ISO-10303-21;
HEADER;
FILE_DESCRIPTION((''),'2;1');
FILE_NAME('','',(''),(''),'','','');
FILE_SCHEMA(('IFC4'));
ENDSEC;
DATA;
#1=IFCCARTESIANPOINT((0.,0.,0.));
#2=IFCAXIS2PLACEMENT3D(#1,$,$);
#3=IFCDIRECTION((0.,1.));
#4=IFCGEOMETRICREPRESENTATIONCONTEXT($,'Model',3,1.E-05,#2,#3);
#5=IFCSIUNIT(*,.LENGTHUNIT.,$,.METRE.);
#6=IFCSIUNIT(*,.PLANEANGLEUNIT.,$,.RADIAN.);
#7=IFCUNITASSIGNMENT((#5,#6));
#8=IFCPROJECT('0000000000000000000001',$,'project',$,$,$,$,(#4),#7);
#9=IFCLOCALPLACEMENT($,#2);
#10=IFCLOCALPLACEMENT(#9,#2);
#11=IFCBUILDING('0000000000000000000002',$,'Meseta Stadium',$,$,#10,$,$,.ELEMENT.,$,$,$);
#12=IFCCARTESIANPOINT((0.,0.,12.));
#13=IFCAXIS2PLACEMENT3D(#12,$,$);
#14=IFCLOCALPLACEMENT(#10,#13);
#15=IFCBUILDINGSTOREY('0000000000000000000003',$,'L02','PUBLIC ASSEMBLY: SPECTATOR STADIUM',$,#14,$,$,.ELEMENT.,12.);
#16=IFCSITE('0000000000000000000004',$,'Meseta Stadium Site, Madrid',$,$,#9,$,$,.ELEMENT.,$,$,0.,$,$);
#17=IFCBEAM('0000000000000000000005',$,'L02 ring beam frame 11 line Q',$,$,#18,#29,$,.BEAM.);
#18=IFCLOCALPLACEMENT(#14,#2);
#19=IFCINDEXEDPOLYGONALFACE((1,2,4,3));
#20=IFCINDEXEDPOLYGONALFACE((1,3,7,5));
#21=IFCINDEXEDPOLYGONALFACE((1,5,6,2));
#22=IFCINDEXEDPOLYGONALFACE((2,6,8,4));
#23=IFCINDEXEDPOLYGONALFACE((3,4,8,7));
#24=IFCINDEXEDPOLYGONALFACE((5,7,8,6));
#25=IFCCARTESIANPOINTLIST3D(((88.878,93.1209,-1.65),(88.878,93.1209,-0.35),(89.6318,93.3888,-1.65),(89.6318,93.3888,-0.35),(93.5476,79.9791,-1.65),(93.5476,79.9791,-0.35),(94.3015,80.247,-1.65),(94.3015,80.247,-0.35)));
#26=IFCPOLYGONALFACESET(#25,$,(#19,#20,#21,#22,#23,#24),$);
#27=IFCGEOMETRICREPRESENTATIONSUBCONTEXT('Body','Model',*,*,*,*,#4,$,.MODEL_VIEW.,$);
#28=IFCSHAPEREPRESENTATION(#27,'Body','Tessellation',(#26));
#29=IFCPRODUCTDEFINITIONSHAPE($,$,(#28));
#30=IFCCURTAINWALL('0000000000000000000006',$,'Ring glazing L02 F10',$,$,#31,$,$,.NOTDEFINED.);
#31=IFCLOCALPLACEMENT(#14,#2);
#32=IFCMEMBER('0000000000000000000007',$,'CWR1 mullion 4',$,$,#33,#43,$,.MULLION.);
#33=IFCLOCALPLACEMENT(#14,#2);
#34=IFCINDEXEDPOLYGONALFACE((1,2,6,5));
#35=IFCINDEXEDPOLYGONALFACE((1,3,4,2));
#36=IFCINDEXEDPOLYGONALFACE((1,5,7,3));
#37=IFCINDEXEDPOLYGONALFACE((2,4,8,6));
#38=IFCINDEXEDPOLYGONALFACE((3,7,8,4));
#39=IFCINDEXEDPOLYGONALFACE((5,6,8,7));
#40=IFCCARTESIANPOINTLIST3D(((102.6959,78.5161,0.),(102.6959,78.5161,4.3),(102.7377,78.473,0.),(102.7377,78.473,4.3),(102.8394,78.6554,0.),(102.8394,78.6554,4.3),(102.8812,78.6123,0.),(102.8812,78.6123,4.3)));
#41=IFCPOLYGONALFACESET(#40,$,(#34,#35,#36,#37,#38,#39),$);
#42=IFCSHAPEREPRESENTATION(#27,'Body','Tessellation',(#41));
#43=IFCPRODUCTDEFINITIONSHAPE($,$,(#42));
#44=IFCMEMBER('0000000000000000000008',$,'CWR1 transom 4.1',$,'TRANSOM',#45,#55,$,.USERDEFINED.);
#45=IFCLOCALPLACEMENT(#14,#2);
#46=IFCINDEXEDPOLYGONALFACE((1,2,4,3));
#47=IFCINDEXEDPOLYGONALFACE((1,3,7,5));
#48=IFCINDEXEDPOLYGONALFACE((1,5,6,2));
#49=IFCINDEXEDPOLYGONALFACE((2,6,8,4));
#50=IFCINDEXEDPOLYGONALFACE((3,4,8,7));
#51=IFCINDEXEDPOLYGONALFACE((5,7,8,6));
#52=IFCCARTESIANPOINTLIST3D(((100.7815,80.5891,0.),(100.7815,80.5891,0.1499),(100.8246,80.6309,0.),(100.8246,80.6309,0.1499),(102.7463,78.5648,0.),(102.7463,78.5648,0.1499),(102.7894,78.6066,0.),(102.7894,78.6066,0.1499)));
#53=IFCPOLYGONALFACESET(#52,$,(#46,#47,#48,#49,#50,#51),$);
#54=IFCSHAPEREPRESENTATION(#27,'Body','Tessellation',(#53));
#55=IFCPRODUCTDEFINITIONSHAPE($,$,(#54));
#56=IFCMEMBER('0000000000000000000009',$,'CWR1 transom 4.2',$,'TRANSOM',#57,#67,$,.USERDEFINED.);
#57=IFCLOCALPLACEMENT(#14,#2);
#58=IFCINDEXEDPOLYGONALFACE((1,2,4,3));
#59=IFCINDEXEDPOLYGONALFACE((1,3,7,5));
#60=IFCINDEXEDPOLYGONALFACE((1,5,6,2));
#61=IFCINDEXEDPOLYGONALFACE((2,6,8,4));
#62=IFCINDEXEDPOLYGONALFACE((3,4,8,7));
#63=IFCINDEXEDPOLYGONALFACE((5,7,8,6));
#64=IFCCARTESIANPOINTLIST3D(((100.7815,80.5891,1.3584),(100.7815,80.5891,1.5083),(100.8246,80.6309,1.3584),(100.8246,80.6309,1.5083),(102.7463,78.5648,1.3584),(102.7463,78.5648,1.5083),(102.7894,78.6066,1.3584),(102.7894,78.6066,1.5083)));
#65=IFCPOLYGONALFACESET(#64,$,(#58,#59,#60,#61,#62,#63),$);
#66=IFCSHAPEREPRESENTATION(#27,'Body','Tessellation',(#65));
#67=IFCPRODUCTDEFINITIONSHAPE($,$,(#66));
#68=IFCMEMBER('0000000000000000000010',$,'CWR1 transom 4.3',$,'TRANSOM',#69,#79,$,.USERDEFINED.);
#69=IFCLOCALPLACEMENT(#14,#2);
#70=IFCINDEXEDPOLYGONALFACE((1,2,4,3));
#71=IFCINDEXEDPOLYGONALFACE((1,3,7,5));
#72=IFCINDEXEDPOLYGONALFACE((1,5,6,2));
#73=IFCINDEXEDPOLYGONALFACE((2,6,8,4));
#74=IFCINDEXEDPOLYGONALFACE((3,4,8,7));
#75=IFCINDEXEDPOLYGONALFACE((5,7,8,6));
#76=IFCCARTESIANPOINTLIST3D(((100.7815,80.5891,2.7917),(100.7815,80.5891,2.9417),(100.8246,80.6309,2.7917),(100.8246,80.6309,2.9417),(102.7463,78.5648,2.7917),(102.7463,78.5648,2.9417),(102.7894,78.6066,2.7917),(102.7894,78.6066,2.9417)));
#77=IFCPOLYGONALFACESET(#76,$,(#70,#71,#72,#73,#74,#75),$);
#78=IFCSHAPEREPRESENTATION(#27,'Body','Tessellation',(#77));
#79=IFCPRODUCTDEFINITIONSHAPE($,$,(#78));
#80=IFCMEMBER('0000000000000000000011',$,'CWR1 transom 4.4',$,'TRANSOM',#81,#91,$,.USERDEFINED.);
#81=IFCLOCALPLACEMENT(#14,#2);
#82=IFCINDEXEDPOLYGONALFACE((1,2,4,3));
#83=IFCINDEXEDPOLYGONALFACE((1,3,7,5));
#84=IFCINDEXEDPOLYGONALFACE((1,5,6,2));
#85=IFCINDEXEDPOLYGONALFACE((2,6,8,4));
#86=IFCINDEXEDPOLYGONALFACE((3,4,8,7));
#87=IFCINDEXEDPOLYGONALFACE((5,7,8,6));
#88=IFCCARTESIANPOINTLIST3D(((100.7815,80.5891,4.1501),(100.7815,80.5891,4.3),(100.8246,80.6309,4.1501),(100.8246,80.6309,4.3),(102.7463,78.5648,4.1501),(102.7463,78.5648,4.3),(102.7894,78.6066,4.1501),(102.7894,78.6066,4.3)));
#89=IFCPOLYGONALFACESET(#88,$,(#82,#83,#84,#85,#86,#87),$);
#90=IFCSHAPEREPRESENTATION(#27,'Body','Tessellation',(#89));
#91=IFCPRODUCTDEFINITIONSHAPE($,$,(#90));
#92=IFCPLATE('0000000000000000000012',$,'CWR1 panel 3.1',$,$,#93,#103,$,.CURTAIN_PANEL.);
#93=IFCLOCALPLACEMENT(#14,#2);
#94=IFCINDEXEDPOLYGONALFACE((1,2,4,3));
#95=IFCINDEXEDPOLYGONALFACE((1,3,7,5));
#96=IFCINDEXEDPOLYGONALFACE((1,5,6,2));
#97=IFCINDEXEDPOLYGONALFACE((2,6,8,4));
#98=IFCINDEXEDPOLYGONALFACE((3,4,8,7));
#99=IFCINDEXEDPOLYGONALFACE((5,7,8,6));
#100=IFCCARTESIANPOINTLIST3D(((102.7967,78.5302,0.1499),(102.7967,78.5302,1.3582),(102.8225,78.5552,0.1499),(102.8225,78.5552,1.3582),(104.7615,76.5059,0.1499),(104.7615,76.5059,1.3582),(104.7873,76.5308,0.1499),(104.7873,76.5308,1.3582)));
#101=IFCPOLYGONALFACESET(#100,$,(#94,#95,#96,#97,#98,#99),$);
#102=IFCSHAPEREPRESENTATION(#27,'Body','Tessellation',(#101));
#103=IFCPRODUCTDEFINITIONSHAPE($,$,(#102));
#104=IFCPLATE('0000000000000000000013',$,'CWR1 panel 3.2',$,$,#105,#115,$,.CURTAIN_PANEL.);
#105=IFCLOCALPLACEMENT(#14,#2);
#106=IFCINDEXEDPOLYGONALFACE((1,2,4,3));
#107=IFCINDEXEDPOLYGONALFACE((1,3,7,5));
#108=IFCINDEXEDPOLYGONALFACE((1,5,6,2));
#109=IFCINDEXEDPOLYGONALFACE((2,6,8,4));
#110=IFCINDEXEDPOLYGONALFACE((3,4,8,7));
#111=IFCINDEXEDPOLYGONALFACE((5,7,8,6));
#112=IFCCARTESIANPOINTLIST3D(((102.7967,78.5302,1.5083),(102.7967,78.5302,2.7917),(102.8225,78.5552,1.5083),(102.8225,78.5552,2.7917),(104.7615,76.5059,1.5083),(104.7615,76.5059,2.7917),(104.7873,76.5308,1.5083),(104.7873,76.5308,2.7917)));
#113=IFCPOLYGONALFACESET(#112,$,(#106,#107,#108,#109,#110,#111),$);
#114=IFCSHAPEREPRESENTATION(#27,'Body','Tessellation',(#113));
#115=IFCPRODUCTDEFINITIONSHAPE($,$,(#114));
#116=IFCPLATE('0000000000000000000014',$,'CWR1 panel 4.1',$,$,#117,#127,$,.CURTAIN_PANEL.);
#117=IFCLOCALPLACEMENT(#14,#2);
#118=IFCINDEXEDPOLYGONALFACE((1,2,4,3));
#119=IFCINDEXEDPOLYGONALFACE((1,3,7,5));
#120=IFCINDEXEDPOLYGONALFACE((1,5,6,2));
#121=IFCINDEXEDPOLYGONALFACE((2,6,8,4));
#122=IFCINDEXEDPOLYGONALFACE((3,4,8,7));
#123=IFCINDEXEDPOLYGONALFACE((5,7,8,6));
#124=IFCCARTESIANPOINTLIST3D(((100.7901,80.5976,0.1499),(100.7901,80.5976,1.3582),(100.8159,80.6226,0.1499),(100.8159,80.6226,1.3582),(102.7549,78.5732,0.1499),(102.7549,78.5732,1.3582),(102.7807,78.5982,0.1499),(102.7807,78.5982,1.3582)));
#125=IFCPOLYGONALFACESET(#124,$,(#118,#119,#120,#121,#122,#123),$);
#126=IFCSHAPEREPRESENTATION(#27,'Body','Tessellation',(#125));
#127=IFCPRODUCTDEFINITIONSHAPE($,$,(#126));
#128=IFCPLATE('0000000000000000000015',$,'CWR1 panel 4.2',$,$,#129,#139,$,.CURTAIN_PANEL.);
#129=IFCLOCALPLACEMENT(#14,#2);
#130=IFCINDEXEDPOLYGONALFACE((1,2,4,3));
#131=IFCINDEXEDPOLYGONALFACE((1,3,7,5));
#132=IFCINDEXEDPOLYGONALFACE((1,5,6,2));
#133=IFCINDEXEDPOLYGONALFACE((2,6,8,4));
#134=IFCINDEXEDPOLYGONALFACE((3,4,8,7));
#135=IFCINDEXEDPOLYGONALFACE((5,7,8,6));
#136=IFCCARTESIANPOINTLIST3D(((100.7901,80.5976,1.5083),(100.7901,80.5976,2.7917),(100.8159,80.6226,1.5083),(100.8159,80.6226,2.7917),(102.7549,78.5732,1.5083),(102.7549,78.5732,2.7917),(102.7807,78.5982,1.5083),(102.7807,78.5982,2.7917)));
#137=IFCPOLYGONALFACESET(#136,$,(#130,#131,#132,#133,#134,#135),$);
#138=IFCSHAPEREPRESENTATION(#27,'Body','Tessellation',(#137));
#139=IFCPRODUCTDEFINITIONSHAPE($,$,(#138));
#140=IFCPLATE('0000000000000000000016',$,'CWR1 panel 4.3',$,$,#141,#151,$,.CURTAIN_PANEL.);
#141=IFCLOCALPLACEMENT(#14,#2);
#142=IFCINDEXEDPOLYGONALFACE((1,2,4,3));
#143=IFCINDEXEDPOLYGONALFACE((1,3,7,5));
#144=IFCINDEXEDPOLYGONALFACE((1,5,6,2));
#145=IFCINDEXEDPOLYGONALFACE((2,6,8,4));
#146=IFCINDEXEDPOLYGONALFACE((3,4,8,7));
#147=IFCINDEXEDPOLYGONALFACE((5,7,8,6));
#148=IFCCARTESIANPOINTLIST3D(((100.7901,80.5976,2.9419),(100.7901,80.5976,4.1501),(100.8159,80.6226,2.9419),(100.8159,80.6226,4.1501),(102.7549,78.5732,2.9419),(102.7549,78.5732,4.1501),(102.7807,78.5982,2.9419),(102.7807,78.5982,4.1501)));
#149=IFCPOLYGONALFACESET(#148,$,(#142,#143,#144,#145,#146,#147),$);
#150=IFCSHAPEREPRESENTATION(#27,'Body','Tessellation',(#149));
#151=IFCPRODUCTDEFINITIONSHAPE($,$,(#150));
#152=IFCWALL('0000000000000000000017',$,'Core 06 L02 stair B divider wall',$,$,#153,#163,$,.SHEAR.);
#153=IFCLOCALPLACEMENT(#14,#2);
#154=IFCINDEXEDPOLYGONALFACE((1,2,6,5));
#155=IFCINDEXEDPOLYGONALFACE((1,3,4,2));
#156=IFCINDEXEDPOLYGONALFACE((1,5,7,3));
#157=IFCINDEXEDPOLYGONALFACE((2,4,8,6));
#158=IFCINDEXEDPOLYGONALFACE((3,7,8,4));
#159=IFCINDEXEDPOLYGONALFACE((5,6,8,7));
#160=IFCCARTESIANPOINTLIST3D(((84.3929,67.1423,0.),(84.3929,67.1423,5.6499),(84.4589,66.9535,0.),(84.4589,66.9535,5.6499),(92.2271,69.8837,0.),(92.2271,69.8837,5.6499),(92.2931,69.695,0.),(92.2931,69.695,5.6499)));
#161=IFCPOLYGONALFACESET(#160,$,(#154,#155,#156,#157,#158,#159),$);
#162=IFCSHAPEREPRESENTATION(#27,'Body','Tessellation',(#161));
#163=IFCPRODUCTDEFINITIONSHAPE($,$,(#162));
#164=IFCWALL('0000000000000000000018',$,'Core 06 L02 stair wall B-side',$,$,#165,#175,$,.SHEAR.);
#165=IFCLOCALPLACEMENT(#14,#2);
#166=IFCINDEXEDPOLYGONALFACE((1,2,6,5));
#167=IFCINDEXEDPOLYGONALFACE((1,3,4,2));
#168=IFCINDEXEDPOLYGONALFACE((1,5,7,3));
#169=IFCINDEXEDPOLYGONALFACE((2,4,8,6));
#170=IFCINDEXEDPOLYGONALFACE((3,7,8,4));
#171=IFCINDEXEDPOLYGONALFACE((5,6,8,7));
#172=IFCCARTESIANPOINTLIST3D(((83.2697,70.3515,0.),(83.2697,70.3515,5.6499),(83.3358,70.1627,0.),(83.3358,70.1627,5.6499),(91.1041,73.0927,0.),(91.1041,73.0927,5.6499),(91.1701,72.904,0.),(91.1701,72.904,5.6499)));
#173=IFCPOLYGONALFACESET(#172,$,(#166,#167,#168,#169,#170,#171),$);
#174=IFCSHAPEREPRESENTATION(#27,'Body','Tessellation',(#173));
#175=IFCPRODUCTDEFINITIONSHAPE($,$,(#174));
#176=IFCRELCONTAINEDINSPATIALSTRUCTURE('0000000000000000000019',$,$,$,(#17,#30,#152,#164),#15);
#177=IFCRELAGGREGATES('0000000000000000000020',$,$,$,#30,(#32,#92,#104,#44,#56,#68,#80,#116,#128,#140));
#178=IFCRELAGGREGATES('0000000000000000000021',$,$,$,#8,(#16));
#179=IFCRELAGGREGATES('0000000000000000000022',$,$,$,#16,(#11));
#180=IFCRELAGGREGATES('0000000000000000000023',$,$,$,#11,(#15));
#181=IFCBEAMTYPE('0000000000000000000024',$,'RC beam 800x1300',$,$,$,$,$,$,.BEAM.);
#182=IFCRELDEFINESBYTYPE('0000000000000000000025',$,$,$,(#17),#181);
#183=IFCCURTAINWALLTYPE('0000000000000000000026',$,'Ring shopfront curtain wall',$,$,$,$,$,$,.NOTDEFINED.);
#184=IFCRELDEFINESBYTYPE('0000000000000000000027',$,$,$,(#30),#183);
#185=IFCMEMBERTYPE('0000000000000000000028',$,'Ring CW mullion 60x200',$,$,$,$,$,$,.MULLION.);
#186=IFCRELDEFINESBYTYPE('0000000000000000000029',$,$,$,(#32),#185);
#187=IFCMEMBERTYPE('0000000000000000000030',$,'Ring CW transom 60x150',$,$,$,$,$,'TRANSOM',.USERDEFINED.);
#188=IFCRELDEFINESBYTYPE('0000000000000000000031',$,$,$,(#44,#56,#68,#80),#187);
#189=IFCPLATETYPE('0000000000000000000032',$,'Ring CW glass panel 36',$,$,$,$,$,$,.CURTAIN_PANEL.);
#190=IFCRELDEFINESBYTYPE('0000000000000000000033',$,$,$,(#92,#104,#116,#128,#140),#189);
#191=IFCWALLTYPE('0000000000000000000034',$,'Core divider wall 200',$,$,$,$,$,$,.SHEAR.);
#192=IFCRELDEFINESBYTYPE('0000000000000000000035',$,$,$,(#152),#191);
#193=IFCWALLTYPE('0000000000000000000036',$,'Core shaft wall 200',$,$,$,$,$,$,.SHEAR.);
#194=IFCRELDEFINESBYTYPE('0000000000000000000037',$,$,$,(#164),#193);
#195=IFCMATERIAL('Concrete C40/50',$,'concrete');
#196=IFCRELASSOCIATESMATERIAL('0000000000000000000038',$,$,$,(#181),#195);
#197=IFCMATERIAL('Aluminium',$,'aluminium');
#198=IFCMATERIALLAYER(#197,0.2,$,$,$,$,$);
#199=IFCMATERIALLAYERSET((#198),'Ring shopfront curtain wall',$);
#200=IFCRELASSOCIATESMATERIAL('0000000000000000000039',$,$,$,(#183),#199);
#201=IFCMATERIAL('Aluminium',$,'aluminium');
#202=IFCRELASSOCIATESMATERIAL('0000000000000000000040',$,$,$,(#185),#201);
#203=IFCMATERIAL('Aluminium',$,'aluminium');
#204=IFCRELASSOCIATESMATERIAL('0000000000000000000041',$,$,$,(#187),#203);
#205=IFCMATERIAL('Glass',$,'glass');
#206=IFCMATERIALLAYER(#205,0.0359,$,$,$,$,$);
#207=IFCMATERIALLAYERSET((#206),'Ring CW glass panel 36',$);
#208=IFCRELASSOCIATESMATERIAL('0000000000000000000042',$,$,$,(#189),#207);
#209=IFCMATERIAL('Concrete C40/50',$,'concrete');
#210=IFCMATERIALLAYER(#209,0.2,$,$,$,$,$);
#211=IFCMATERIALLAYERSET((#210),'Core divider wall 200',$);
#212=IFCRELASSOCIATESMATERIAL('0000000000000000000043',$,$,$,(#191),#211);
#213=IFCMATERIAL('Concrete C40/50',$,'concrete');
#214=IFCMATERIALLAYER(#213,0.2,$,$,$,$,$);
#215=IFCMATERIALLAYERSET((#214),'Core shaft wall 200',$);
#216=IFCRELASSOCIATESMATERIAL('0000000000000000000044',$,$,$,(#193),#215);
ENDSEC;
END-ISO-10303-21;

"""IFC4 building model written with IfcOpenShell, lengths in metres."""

from ifc_helpers import new_model, si_unit, direction, frame, frame_2d, origin, origin_2d, place, context, subcontext, project, spatial, rectangle, extrude, material, layer, layer_set, material_profile, profile_set, type_object, element, aggregate, save


model = new_model("IFC4")

# Units and contexts
model_context = context("Model", 3, precision=1e-05, world=origin(), true_north=direction((0.0, 1.0)))
body_context = subcontext(model_context, "Body", "Model", "MODEL_VIEW")
ifc_project = project(units=[si_unit("LENGTHUNIT", "METRE"), si_unit("PLANEANGLEUNIT", "RADIAN")], contexts=[model_context])

# Site, building, storey
site_placement = place(None, origin())
site = spatial("IfcSite", under=ifc_project, at=site_placement, Name="Meseta Stadium Site, Madrid", CompositionType="ELEMENT", RefElevation=0.0)
building_placement = place(site_placement, origin())
building = spatial("IfcBuilding", under=site, at=building_placement, Name="Meseta Stadium", CompositionType="ELEMENT")
storey_placement = place(building_placement, frame((0.0, 0.0, 12.0)))
storey = spatial("IfcBuildingStorey", under=building, at=storey_placement, Name="L02", Description="PUBLIC ASSEMBLY: SPECTATOR STADIUM", CompositionType="ELEMENT", Elevation=12.0)

# Beam
ifc_material_1 = material(Name="Concrete C40/50", Category="concrete")
ifc_material_profile_1 = material_profile(ifc_material_1, rectangle(XDim=0.8, YDim=1.3, at=origin_2d()), Name="RC 800x1300")
ifc_profile_set_1 = profile_set([ifc_material_profile_1], Name="Concrete C40/50")
beam_type_1 = type_object("IfcBeamType", Name="RC beam 800x1300", PredefinedType="BEAM", material=ifc_profile_set_1)
beam_1_placement = place(storey_placement, frame((93.9246, 80.113, -1.0), z_axis=(-0.33482, 0.942282, 0.0), x_axis=(-0.942282, -0.33482, 0.0)))
element("IfcBeam", 1, at=beam_1_placement, inside=storey, type_object=beam_type_1, Name="L02 ring beam frame 11 line Q", PredefinedType="BEAM", context=body_context, shape_type="SweptSolid", body=[
    extrude(rectangle(XDim=0.8, YDim=1.3, at=origin_2d()), origin(), (0.0, 0.0, 1.0), 13.9468),
])

# Curtain wall, members, plates
ifc_material_2 = material(Name="Aluminium", Category="aluminium")
ifc_layer_1 = layer(ifc_material_2, 0.2)
ifc_layer_set_1 = layer_set([ifc_layer_1], Name="Ring shopfront curtain wall")
curtain_wall_type = type_object("IfcCurtainWallType", Name="Ring shopfront curtain wall", PredefinedType="NOTDEFINED", material=ifc_layer_set_1)
curtain_wall_placement = place(storey_placement, origin())
curtain_wall = element("IfcCurtainWall", 2, at=curtain_wall_placement, inside=storey, type_object=curtain_wall_type, Name="Ring glazing L02 F10", PredefinedType="NOTDEFINED")
ifc_material_3 = material(Name="Aluminium", Category="aluminium")
ifc_material_profile_2 = material_profile(ifc_material_3, rectangle(XDim=0.2, YDim=0.0601, at=origin_2d()), Name="CW 200x60")
ifc_profile_set_2 = profile_set([ifc_material_profile_2], Name="Aluminium")
member_type_1 = type_object("IfcMemberType", Name="Ring CW mullion 60x200", PredefinedType="MULLION", material=ifc_profile_set_2)
member_1_placement = place(storey_placement, frame((102.7886, 78.5642, 0.0), z_axis=(0.0, 0.0, 1.0), x_axis=(-0.717583, -0.696473, 0.0)))
member_1 = element("IfcMember", 3, at=member_1_placement, type_object=member_type_1, Name="CWR1 mullion 4", PredefinedType="MULLION", context=body_context, shape_type="SweptSolid", body=[
    extrude(rectangle(XDim=0.2, YDim=0.0601, at=origin_2d()), origin(), (0.0, 0.0, 1.0), 4.3),
])
ifc_material_4 = material(Name="Aluminium", Category="aluminium")
ifc_material_profile_3 = material_profile(ifc_material_4, rectangle(XDim=0.0601, YDim=0.1499, at=origin_2d()), Name="CW 60x150")
ifc_profile_set_3 = profile_set([ifc_material_profile_3], Name="Aluminium")
member_type_2 = type_object("IfcMemberType", Name="Ring CW transom 60x150", ElementType="TRANSOM", PredefinedType="USERDEFINED", material=ifc_profile_set_3)
member_2_placement = place(storey_placement, frame((102.7678, 78.5857, 0.075), z_axis=(-0.69647, 0.717586, 0.0), x_axis=(-0.717586, -0.69647, 0.0)))
member_2 = element("IfcMember", 4, at=member_2_placement, type_object=member_type_2, Name="CWR1 transom 4.1", ObjectType="TRANSOM", PredefinedType="USERDEFINED", context=body_context, shape_type="SweptSolid", body=[
    extrude(rectangle(XDim=0.0601, YDim=0.1499, at=origin_2d()), origin(), (0.0, 0.0, 1.0), 2.821),
])
member_3_placement = place(storey_placement, frame((102.7678, 78.5857, 1.4333), z_axis=(-0.69647, 0.717586, 0.0), x_axis=(-0.717586, -0.69647, 0.0)))
member_3 = element("IfcMember", 5, at=member_3_placement, type_object=member_type_2, Name="CWR1 transom 4.2", ObjectType="TRANSOM", PredefinedType="USERDEFINED", context=body_context, shape_type="SweptSolid", body=[
    extrude(rectangle(XDim=0.0601, YDim=0.1499, at=origin_2d()), origin(), (0.0, 0.0, 1.0), 2.821),
])
member_4_placement = place(storey_placement, frame((102.7678, 78.5857, 2.8667), z_axis=(-0.69647, 0.717586, 0.0), x_axis=(-0.717586, -0.69647, 0.0)))
member_4 = element("IfcMember", 6, at=member_4_placement, type_object=member_type_2, Name="CWR1 transom 4.3", ObjectType="TRANSOM", PredefinedType="USERDEFINED", context=body_context, shape_type="SweptSolid", body=[
    extrude(rectangle(XDim=0.0601, YDim=0.1499, at=origin_2d()), origin(), (0.0, 0.0, 1.0), 2.821),
])
member_5_placement = place(storey_placement, frame((102.7678, 78.5857, 4.2251), z_axis=(-0.69647, 0.717586, 0.0), x_axis=(-0.717586, -0.69647, 0.0)))
member_5 = element("IfcMember", 7, at=member_5_placement, type_object=member_type_2, Name="CWR1 transom 4.4", ObjectType="TRANSOM", PredefinedType="USERDEFINED", context=body_context, shape_type="SweptSolid", body=[
    extrude(rectangle(XDim=0.0601, YDim=0.1499, at=origin_2d()), origin(), (0.0, 0.0, 1.0), 2.821),
])
ifc_material_5 = material(Name="Glass", Category="glass")
ifc_layer_2 = layer(ifc_material_5, 0.0359)
ifc_layer_set_2 = layer_set([ifc_layer_2], Name="Ring CW glass panel 36")
plate_type = type_object("IfcPlateType", Name="Ring CW glass panel 36", PredefinedType="CURTAIN_PANEL", material=ifc_layer_set_2)
plate_1_placement = place(storey_placement, frame((103.792, 77.5305, 0.1499), z_axis=(0.0, 0.0, 1.0), x_axis=(-0.696473, 0.717583, 0.0)))
plate_1 = element("IfcPlate", 8, at=plate_1_placement, type_object=plate_type, Name="CWR1 panel 3.1", PredefinedType="CURTAIN_PANEL", context=body_context, shape_type="SweptSolid", body=[
    extrude(rectangle(XDim=2.821, YDim=0.0359, at=origin_2d()), origin(), (0.0, 0.0, 1.0), 1.2083),
])
plate_2_placement = place(storey_placement, frame((103.792, 77.5305, 1.5083), z_axis=(0.0, 0.0, 1.0), x_axis=(-0.696473, 0.717583, 0.0)))
plate_2 = element("IfcPlate", 9, at=plate_2_placement, type_object=plate_type, Name="CWR1 panel 3.2", PredefinedType="CURTAIN_PANEL", context=body_context, shape_type="SweptSolid", body=[
    extrude(rectangle(XDim=2.821, YDim=0.0359, at=origin_2d()), origin(), (0.0, 0.0, 1.0), 1.2834),
])
plate_3_placement = place(storey_placement, frame((101.7854, 79.5979, 0.1499), z_axis=(0.0, 0.0, 1.0), x_axis=(-0.696473, 0.717583, 0.0)))
plate_3 = element("IfcPlate", 10, at=plate_3_placement, type_object=plate_type, Name="CWR1 panel 4.1", PredefinedType="CURTAIN_PANEL", context=body_context, shape_type="SweptSolid", body=[
    extrude(rectangle(XDim=2.821, YDim=0.0359, at=origin_2d()), origin(), (0.0, 0.0, 1.0), 1.2083),
])
plate_4_placement = place(storey_placement, frame((101.7854, 79.5979, 1.5083), z_axis=(0.0, 0.0, 1.0), x_axis=(-0.696473, 0.717583, 0.0)))
plate_4 = element("IfcPlate", 11, at=plate_4_placement, type_object=plate_type, Name="CWR1 panel 4.2", PredefinedType="CURTAIN_PANEL", context=body_context, shape_type="SweptSolid", body=[
    extrude(rectangle(XDim=2.821, YDim=0.0359, at=origin_2d()), origin(), (0.0, 0.0, 1.0), 1.2834),
])
plate_5_placement = place(storey_placement, frame((101.7854, 79.5979, 2.9419), z_axis=(0.0, 0.0, 1.0), x_axis=(-0.696473, 0.717583, 0.0)))
plate_5 = element("IfcPlate", 12, at=plate_5_placement, type_object=plate_type, Name="CWR1 panel 4.3", PredefinedType="CURTAIN_PANEL", context=body_context, shape_type="SweptSolid", body=[
    extrude(rectangle(XDim=2.821, YDim=0.0359, at=origin_2d()), origin(), (0.0, 0.0, 1.0), 1.2083),
])
aggregate(curtain_wall, [member_1, plate_1, plate_2, member_2, member_3, member_4, member_5, plate_3, plate_4, plate_5])

# Walls
ifc_material_6 = material(Name="Concrete C40/50", Category="concrete")
ifc_layer_3 = layer(ifc_material_6, 0.2)
ifc_layer_set_3 = layer_set([ifc_layer_3], Name="Core divider wall 200")
wall_type_1 = type_object("IfcWallType", Name="Core divider wall 200", PredefinedType="SHEAR", material=ifc_layer_set_3)
wall_1_placement = place(storey_placement, frame((92.26, 69.7893, 0.0), z_axis=(0.0, 0.0, 1.0), x_axis=(-0.943878, -0.330294, 0.0)))
element("IfcWall", 13, at=wall_1_placement, inside=storey, type_object=wall_type_1, Name="Core 06 L02 stair B divider wall", PredefinedType="SHEAR", context=body_context, shape_type="SweptSolid", body=[
    extrude(rectangle(XDim=8.3, YDim=0.2, at=frame_2d((4.1499, 0.0))), origin(), (0.0, 0.0, 1.0), 5.6499),
])
ifc_material_7 = material(Name="Concrete C40/50", Category="concrete")
ifc_layer_4 = layer(ifc_material_7, 0.2)
ifc_layer_set_4 = layer_set([ifc_layer_4], Name="Core shaft wall 200")
wall_type_2 = type_object("IfcWallType", Name="Core shaft wall 200", PredefinedType="SHEAR", material=ifc_layer_set_4)
wall_2_placement = place(storey_placement, frame((91.137, 72.9983, 0.0), z_axis=(0.0, 0.0, 1.0), x_axis=(-0.943887, -0.330268, 0.0)))
element("IfcWall", 14, at=wall_2_placement, inside=storey, type_object=wall_type_2, Name="Core 06 L02 stair wall B-side", PredefinedType="SHEAR", context=body_context, shape_type="SweptSolid", body=[
    extrude(rectangle(XDim=8.3, YDim=0.2, at=frame_2d((4.1499, 0.0))), origin(), (0.0, 0.0, 1.0), 5.6499),
])

save(model, "model.ifc")
